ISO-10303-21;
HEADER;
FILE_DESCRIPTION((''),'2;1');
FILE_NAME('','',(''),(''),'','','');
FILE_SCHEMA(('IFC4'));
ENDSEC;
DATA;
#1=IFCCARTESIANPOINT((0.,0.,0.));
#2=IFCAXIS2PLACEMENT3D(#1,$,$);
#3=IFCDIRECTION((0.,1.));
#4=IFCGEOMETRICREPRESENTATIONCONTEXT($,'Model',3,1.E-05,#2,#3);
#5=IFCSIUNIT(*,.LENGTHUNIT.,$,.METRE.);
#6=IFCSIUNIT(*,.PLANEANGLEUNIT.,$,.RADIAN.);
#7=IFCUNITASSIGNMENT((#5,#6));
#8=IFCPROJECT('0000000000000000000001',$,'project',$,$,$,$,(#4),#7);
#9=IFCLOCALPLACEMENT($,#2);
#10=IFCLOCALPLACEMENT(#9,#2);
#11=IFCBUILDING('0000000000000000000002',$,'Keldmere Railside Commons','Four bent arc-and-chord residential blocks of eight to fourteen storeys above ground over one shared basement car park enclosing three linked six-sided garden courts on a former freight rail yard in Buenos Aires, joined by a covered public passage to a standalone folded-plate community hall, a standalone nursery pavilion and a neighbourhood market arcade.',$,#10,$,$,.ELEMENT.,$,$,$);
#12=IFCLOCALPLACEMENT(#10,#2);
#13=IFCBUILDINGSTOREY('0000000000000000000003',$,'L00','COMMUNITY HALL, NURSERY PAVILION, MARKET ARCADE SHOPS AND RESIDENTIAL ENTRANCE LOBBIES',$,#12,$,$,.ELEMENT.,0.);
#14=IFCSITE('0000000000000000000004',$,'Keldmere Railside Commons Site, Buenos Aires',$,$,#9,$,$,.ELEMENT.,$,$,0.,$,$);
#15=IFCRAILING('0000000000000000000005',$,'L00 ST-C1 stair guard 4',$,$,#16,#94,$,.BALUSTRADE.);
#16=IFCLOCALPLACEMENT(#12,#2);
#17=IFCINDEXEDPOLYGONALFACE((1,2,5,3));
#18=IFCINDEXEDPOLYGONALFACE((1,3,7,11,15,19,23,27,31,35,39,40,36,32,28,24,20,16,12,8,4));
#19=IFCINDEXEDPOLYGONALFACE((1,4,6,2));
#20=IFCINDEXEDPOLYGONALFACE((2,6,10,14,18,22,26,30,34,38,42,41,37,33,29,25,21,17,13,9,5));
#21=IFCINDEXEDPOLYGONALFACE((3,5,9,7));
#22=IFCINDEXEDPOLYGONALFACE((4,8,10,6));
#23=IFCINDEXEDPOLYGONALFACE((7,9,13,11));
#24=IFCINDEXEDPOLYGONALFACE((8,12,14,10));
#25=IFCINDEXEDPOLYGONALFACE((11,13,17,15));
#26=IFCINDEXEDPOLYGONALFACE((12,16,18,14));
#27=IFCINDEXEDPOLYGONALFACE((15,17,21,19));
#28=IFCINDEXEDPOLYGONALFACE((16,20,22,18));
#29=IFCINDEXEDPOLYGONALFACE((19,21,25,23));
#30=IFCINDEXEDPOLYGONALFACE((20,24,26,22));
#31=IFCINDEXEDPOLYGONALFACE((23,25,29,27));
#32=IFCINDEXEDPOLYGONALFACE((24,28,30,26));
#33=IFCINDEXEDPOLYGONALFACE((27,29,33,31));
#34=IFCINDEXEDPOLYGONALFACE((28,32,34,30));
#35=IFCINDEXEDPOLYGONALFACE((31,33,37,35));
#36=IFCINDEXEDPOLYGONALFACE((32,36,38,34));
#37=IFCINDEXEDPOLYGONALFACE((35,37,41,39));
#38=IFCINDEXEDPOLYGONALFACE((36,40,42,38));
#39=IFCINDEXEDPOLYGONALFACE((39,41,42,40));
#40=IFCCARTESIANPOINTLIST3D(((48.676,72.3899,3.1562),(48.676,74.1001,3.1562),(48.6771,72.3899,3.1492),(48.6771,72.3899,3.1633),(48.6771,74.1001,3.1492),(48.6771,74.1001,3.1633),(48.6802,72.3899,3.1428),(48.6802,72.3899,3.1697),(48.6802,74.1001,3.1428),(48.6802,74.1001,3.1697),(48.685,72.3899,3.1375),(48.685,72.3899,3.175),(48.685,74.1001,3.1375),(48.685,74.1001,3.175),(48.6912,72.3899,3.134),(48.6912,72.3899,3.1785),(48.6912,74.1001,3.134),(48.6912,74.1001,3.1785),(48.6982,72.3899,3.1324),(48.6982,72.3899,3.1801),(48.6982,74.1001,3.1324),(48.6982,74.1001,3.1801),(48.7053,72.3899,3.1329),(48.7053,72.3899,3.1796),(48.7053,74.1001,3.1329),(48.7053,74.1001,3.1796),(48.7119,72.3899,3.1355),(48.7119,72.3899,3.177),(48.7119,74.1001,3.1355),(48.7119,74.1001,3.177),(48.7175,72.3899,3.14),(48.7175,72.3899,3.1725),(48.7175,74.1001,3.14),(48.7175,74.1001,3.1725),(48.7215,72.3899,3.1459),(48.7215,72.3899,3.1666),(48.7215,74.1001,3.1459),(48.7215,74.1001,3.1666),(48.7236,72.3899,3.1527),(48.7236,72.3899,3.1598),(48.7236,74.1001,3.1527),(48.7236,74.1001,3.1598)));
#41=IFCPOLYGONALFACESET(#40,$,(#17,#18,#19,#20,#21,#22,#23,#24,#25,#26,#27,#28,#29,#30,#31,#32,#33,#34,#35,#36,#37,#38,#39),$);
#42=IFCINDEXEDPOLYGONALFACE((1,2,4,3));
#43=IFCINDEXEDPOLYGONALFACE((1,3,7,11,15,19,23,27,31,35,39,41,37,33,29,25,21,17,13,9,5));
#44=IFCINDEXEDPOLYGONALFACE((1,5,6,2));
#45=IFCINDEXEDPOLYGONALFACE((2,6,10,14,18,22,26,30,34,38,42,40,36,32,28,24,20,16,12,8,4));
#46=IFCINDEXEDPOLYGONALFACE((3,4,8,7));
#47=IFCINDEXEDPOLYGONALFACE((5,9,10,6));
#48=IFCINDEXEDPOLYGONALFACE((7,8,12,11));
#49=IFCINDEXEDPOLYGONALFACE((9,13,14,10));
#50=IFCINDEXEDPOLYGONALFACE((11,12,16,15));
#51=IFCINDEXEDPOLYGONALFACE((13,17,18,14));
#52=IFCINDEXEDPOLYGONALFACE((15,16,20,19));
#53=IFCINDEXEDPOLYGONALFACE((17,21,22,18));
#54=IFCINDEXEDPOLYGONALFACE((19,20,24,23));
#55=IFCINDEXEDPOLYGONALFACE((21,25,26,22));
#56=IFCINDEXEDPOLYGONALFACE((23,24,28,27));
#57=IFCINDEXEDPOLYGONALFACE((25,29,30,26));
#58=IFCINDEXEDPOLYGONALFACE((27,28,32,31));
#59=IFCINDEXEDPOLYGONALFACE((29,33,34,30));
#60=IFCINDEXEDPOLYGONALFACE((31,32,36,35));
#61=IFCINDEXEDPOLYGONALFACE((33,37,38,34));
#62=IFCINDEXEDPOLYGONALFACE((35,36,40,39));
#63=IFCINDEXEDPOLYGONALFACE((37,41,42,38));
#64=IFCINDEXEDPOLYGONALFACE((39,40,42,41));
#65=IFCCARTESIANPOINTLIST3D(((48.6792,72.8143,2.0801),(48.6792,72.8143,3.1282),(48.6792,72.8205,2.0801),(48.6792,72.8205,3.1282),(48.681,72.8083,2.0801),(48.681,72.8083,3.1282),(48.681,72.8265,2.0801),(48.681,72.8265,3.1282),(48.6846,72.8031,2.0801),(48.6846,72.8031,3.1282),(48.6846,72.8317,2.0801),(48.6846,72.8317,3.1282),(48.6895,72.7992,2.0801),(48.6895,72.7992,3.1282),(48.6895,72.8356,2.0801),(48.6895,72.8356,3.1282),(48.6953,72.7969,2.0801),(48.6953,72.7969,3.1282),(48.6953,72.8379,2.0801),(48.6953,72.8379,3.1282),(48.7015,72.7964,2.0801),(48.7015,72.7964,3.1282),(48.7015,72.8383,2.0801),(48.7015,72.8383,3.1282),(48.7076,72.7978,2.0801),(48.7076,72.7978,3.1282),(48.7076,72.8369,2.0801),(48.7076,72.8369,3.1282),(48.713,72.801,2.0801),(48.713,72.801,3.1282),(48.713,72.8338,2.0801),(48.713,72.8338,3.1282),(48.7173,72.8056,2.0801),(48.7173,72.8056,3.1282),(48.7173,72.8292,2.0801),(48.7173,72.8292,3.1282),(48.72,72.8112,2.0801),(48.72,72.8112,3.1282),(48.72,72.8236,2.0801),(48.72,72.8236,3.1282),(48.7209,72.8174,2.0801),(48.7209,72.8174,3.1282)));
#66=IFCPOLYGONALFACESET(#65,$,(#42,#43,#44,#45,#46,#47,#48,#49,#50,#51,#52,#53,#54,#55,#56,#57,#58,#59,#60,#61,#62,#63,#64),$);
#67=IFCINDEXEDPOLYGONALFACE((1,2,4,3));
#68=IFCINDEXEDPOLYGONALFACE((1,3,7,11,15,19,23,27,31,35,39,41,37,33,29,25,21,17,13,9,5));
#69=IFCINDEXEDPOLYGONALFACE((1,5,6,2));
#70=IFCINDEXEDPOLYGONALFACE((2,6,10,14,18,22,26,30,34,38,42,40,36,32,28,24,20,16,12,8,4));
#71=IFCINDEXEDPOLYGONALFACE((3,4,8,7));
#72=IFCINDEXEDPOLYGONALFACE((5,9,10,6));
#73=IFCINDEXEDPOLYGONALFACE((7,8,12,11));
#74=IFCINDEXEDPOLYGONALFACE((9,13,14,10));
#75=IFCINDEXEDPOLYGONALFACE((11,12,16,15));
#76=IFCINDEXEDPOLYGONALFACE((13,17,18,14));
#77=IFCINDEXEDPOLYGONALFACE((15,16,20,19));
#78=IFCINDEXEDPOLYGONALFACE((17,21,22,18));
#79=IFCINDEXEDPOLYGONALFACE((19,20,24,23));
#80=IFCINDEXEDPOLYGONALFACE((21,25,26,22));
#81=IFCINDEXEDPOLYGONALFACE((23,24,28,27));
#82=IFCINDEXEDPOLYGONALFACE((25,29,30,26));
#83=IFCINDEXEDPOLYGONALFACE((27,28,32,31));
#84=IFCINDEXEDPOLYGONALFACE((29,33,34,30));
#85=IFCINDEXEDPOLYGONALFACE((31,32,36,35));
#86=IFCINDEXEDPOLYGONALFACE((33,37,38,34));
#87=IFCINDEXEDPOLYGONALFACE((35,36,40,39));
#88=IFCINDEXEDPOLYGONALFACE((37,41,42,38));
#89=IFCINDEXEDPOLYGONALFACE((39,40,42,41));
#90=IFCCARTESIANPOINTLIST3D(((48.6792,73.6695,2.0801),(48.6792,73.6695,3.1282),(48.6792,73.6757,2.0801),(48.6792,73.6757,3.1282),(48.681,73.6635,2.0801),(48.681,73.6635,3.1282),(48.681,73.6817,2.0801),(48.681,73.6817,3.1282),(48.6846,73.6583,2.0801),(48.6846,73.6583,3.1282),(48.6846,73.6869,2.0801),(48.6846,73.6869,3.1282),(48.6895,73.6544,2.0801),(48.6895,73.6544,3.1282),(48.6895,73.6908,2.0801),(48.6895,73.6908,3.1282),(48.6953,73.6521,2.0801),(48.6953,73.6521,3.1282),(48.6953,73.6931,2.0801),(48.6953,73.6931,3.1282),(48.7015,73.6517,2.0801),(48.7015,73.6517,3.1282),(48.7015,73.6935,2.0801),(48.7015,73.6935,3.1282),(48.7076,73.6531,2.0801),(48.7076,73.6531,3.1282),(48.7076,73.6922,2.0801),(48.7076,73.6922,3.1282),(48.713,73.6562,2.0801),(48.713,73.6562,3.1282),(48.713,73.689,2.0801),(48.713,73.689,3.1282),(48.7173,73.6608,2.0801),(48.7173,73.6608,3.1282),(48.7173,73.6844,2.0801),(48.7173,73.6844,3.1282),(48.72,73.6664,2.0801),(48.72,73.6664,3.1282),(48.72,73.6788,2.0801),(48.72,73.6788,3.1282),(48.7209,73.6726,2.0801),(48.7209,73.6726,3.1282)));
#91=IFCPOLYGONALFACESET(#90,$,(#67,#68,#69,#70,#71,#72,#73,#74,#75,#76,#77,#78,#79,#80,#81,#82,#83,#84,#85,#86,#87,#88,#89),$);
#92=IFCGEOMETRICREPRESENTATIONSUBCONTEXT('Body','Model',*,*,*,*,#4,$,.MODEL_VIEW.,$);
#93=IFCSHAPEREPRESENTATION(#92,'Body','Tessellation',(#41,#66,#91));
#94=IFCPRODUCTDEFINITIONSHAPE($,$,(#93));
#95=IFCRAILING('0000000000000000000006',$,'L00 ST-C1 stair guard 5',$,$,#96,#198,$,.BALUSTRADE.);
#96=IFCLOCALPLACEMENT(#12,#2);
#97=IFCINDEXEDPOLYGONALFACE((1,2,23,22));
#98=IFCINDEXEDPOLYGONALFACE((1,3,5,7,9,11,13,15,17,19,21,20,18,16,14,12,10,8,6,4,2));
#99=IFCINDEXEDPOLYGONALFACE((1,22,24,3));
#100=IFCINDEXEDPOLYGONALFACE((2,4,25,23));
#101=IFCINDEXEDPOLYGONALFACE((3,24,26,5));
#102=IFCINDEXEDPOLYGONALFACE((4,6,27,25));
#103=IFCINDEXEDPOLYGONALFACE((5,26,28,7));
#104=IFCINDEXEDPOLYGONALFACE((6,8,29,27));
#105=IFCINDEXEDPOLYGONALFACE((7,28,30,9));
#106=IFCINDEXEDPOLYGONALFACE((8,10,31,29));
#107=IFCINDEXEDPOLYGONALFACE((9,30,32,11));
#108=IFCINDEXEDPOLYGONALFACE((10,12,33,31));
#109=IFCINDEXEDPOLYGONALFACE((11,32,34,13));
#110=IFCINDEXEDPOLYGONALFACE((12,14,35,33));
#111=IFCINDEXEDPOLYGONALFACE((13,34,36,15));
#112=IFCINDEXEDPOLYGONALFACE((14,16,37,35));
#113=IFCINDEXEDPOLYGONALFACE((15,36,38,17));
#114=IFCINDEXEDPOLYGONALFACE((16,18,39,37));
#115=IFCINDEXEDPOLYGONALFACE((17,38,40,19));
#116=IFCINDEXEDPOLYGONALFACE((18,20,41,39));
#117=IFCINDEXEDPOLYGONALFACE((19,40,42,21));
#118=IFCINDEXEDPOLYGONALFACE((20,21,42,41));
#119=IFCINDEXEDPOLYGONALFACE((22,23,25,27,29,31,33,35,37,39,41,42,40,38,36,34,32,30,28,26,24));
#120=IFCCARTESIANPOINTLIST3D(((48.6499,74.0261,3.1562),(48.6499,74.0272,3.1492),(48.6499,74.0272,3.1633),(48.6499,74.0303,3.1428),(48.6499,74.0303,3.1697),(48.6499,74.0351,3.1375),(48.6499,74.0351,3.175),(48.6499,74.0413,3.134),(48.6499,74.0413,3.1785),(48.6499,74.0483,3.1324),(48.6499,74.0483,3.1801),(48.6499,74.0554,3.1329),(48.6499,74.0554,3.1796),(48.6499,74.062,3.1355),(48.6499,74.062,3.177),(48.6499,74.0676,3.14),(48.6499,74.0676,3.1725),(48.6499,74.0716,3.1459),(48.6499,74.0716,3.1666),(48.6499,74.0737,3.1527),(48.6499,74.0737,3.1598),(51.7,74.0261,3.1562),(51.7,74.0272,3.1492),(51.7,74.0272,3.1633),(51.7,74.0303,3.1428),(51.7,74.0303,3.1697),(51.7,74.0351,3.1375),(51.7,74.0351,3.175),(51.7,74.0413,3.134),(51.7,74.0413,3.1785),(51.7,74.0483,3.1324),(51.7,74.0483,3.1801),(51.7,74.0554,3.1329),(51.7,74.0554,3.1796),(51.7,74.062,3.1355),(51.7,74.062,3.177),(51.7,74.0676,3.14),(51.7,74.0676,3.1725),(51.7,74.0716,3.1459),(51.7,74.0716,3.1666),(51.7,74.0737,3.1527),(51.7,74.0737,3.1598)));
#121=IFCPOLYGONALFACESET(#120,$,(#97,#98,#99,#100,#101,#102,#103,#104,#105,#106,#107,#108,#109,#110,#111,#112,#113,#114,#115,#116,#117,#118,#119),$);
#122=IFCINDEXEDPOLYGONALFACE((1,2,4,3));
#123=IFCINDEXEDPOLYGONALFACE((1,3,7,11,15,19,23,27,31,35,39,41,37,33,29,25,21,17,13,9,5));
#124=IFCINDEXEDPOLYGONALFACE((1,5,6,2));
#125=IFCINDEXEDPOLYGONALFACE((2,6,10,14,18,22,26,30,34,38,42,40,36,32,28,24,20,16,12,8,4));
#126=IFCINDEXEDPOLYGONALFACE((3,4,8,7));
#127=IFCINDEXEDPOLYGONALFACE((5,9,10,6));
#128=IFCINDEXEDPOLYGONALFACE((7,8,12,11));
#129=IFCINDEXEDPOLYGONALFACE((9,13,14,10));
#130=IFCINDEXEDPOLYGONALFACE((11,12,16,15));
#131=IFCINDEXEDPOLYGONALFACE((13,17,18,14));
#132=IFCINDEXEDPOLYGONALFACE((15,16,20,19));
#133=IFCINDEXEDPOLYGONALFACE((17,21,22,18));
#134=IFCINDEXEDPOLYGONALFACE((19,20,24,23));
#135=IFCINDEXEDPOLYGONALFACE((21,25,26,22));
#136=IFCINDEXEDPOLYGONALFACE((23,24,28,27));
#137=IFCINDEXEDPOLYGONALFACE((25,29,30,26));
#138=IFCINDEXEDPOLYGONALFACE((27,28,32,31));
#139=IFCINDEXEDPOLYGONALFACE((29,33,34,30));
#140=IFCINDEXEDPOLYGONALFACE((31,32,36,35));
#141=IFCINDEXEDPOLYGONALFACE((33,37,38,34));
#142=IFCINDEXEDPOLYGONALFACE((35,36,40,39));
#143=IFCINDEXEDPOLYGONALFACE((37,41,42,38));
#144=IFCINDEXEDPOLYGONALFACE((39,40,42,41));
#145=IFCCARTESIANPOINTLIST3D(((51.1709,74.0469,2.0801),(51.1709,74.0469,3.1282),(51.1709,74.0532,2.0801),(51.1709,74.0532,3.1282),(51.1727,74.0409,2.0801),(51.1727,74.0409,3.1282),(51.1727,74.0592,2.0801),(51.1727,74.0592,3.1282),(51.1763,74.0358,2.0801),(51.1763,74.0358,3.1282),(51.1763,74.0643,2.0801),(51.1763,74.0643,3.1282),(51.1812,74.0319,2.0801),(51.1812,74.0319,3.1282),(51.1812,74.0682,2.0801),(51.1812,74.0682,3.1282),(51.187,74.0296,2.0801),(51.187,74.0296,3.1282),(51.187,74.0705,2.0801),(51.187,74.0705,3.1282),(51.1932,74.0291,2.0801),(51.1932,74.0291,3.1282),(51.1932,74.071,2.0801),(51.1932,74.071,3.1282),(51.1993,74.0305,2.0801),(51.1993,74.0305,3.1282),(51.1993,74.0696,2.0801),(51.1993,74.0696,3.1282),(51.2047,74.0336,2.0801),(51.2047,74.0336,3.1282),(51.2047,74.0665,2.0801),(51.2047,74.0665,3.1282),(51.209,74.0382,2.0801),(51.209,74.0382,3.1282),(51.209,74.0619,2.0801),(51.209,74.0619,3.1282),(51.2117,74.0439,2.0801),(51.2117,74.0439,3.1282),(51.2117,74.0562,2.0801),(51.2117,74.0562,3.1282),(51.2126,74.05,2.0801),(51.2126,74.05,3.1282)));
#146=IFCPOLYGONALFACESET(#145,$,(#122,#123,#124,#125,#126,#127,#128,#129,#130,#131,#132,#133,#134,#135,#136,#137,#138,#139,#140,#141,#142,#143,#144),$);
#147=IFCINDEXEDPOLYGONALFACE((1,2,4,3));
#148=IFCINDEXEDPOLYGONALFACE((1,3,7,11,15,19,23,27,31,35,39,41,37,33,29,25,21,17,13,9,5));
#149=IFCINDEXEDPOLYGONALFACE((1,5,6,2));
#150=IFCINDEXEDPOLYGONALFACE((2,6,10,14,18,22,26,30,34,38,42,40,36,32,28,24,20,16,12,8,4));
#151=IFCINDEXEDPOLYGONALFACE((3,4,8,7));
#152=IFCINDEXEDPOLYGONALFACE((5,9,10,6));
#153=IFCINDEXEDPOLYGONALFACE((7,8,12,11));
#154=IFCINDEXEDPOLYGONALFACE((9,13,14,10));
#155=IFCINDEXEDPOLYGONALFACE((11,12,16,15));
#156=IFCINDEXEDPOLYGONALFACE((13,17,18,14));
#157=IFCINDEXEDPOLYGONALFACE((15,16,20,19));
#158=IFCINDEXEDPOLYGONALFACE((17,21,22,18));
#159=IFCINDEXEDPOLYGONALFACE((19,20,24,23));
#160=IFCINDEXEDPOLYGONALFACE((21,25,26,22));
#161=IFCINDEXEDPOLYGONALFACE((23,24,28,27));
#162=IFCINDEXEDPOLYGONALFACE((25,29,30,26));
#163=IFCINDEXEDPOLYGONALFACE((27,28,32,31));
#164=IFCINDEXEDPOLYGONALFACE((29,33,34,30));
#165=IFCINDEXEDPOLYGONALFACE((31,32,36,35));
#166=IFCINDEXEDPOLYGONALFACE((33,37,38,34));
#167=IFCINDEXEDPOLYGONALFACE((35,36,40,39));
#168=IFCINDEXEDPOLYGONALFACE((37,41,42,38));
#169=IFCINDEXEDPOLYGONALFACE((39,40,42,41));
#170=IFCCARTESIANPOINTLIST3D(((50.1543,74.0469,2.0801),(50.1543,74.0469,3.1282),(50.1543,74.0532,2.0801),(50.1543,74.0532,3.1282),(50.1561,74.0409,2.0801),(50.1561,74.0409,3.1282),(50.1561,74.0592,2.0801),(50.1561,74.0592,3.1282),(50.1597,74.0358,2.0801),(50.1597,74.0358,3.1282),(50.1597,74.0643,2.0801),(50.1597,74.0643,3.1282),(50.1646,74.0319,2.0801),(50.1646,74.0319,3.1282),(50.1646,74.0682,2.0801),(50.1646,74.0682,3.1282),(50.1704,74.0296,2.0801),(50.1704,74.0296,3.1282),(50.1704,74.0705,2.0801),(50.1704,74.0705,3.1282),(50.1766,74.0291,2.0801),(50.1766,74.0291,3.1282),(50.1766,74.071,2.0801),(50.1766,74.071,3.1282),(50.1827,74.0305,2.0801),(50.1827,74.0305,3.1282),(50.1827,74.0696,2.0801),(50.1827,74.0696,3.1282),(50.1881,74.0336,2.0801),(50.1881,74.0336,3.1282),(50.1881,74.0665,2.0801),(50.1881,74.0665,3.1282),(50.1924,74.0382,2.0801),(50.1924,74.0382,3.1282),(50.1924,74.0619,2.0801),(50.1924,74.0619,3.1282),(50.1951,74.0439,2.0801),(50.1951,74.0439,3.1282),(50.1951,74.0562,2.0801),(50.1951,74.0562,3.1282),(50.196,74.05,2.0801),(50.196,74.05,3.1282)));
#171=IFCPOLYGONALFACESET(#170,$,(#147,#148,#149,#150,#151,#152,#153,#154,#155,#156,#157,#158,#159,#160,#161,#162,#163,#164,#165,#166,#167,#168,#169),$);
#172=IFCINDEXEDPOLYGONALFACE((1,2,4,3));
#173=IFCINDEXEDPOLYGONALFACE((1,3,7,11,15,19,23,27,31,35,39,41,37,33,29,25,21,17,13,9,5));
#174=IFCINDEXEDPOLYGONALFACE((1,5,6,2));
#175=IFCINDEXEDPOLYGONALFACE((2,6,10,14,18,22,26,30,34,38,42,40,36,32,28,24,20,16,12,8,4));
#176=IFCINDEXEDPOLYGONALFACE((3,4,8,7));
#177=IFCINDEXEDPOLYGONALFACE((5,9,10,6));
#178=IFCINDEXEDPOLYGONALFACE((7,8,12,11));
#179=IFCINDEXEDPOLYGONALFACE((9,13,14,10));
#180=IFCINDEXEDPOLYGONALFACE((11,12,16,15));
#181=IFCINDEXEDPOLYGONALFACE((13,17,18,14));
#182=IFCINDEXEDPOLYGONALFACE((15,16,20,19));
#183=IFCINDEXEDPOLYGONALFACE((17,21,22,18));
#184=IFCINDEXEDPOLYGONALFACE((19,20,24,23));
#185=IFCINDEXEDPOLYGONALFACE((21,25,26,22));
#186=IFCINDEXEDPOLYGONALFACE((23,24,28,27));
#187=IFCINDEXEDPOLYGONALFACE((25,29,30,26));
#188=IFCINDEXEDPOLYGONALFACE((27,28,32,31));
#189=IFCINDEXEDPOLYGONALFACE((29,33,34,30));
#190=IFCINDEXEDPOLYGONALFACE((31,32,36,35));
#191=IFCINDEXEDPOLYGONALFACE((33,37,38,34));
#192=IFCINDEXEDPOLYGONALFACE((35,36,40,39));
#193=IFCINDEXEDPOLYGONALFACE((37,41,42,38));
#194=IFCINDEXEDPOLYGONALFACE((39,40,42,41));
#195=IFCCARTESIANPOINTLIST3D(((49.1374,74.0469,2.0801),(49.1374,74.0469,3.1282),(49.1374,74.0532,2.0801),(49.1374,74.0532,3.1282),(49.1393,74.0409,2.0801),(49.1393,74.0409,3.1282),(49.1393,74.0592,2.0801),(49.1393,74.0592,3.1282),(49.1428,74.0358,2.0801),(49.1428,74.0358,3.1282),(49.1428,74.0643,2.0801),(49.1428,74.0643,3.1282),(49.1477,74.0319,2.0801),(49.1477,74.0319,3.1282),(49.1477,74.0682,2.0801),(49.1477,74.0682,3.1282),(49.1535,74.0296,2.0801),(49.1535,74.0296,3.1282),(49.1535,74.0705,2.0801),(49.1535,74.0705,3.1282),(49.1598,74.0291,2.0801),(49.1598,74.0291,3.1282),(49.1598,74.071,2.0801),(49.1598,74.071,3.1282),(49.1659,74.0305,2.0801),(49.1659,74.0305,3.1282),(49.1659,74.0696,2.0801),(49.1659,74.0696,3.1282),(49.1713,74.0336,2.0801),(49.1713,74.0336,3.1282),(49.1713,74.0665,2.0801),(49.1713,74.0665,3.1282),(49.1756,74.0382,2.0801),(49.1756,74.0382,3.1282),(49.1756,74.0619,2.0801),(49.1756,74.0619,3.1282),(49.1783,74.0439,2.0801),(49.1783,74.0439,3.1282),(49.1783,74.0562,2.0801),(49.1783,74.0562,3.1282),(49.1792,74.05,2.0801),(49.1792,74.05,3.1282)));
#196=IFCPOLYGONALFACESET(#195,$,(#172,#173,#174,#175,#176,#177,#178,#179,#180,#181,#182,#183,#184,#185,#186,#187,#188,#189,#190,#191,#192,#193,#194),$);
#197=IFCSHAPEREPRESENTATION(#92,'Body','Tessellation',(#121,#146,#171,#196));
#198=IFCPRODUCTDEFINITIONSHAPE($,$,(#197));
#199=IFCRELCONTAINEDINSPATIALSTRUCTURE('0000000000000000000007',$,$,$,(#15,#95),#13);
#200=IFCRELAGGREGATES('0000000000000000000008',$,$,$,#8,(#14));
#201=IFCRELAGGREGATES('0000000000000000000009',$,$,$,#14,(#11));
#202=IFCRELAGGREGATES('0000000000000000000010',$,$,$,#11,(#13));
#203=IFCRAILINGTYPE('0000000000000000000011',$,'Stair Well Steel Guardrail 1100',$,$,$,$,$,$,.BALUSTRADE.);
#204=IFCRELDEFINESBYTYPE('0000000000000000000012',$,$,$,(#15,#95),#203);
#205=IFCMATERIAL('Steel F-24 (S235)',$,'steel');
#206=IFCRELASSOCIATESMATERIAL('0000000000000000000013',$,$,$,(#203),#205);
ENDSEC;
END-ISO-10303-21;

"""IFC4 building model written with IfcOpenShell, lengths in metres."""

from ifc_helpers import new_model, si_unit, direction, frame, origin, origin_2d, place, context, subcontext, project, spatial, circle, extrude, material, type_object, element, save


model = new_model("IFC4")

# Units and contexts
model_context = context("Model", 3, precision=1e-05, world=origin(), true_north=direction((0.0, 1.0)))
body_context = subcontext(model_context, "Body", "Model", "MODEL_VIEW")
ifc_project = project(units=[si_unit("LENGTHUNIT", "METRE"), si_unit("PLANEANGLEUNIT", "RADIAN")], contexts=[model_context])

# Site, building, storey
site_placement = place(None, origin())
site = spatial("IfcSite", under=ifc_project, at=site_placement, Name="Keldmere Railside Commons Site, Buenos Aires", CompositionType="ELEMENT", RefElevation=0.0)
building_placement = place(site_placement, origin())
building = spatial("IfcBuilding", under=site, at=building_placement, Name="Keldmere Railside Commons", Description="Four bent arc-and-chord residential blocks of eight to fourteen storeys above ground over one shared basement car park enclosing three linked six-sided garden courts on a former freight rail yard in Buenos Aires, joined by a covered public passage to a standalone folded-plate community hall, a standalone nursery pavilion and a neighbourhood market arcade.", CompositionType="ELEMENT")
storey_placement = place(building_placement, origin())
storey = spatial("IfcBuildingStorey", under=building, at=storey_placement, Name="L00", Description="COMMUNITY HALL, NURSERY PAVILION, MARKET ARCADE SHOPS AND RESIDENTIAL ENTRANCE LOBBIES", CompositionType="ELEMENT", Elevation=0.0)

# Shared definitions
ifc_material_1 = material(Name="Steel F-24 (S235)", Category="steel")

# Railings
railing_type_1 = type_object("IfcRailingType", Name="Stair Well Steel Guardrail 1100", PredefinedType="BALUSTRADE", material=ifc_material_1)
for number, where, name in (
    (1, (48.7, 72.3899, 2.0801), "L00 ST-C1 stair guard 4"),
):
    element("IfcRailing", number, at=place(storey_placement, frame(where)), inside=storey, type_object=railing_type_1, Name=name, PredefinedType="BALUSTRADE", context=body_context, shape_type="SweptSolid", body=[
        extrude(circle(Radius=0.0239, at=origin_2d()), frame((0.0, 0.0, 1.0762), z_axis=(0.0, 1.0, 0.0), x_axis=(-1.0, 0.0, 0.0)), (0.0, 0.0, 1.0), 1.7102),
        extrude(circle(Radius=0.021, at=origin_2d()), frame((0.0, 0.4275, 0.0)), (0.0, 0.0, 1.0), 1.0481),
        extrude(circle(Radius=0.021, at=origin_2d()), frame((0.0, 1.2827, 0.0)), (0.0, 0.0, 1.0), 1.0481),
    ])
railing_1_placement = place(storey_placement, frame((51.7, 74.05, 2.0801)))
element("IfcRailing", 2, at=railing_1_placement, inside=storey, type_object=railing_type_1, Name="L00 ST-C1 stair guard 5", PredefinedType="BALUSTRADE", context=body_context, shape_type="SweptSolid", body=[
    extrude(circle(Radius=0.0239, at=origin_2d()), frame((0.0, 0.0, 1.0762), z_axis=(-1.0, 0.0, 0.0), x_axis=(0.0, -1.0, 0.0)), (0.0, 0.0, 1.0), 3.05),
    extrude(circle(Radius=0.021, at=origin_2d()), frame((-0.5083, 0.0, 0.0)), (0.0, 0.0, 1.0), 1.0481),
    extrude(circle(Radius=0.021, at=origin_2d()), frame((-1.5249, 0.0, 0.0)), (0.0, 0.0, 1.0), 1.0481),
    extrude(circle(Radius=0.021, at=origin_2d()), frame((-2.5417, 0.0, 0.0)), (0.0, 0.0, 1.0), 1.0481),
])

save(model, "model.ifc")
